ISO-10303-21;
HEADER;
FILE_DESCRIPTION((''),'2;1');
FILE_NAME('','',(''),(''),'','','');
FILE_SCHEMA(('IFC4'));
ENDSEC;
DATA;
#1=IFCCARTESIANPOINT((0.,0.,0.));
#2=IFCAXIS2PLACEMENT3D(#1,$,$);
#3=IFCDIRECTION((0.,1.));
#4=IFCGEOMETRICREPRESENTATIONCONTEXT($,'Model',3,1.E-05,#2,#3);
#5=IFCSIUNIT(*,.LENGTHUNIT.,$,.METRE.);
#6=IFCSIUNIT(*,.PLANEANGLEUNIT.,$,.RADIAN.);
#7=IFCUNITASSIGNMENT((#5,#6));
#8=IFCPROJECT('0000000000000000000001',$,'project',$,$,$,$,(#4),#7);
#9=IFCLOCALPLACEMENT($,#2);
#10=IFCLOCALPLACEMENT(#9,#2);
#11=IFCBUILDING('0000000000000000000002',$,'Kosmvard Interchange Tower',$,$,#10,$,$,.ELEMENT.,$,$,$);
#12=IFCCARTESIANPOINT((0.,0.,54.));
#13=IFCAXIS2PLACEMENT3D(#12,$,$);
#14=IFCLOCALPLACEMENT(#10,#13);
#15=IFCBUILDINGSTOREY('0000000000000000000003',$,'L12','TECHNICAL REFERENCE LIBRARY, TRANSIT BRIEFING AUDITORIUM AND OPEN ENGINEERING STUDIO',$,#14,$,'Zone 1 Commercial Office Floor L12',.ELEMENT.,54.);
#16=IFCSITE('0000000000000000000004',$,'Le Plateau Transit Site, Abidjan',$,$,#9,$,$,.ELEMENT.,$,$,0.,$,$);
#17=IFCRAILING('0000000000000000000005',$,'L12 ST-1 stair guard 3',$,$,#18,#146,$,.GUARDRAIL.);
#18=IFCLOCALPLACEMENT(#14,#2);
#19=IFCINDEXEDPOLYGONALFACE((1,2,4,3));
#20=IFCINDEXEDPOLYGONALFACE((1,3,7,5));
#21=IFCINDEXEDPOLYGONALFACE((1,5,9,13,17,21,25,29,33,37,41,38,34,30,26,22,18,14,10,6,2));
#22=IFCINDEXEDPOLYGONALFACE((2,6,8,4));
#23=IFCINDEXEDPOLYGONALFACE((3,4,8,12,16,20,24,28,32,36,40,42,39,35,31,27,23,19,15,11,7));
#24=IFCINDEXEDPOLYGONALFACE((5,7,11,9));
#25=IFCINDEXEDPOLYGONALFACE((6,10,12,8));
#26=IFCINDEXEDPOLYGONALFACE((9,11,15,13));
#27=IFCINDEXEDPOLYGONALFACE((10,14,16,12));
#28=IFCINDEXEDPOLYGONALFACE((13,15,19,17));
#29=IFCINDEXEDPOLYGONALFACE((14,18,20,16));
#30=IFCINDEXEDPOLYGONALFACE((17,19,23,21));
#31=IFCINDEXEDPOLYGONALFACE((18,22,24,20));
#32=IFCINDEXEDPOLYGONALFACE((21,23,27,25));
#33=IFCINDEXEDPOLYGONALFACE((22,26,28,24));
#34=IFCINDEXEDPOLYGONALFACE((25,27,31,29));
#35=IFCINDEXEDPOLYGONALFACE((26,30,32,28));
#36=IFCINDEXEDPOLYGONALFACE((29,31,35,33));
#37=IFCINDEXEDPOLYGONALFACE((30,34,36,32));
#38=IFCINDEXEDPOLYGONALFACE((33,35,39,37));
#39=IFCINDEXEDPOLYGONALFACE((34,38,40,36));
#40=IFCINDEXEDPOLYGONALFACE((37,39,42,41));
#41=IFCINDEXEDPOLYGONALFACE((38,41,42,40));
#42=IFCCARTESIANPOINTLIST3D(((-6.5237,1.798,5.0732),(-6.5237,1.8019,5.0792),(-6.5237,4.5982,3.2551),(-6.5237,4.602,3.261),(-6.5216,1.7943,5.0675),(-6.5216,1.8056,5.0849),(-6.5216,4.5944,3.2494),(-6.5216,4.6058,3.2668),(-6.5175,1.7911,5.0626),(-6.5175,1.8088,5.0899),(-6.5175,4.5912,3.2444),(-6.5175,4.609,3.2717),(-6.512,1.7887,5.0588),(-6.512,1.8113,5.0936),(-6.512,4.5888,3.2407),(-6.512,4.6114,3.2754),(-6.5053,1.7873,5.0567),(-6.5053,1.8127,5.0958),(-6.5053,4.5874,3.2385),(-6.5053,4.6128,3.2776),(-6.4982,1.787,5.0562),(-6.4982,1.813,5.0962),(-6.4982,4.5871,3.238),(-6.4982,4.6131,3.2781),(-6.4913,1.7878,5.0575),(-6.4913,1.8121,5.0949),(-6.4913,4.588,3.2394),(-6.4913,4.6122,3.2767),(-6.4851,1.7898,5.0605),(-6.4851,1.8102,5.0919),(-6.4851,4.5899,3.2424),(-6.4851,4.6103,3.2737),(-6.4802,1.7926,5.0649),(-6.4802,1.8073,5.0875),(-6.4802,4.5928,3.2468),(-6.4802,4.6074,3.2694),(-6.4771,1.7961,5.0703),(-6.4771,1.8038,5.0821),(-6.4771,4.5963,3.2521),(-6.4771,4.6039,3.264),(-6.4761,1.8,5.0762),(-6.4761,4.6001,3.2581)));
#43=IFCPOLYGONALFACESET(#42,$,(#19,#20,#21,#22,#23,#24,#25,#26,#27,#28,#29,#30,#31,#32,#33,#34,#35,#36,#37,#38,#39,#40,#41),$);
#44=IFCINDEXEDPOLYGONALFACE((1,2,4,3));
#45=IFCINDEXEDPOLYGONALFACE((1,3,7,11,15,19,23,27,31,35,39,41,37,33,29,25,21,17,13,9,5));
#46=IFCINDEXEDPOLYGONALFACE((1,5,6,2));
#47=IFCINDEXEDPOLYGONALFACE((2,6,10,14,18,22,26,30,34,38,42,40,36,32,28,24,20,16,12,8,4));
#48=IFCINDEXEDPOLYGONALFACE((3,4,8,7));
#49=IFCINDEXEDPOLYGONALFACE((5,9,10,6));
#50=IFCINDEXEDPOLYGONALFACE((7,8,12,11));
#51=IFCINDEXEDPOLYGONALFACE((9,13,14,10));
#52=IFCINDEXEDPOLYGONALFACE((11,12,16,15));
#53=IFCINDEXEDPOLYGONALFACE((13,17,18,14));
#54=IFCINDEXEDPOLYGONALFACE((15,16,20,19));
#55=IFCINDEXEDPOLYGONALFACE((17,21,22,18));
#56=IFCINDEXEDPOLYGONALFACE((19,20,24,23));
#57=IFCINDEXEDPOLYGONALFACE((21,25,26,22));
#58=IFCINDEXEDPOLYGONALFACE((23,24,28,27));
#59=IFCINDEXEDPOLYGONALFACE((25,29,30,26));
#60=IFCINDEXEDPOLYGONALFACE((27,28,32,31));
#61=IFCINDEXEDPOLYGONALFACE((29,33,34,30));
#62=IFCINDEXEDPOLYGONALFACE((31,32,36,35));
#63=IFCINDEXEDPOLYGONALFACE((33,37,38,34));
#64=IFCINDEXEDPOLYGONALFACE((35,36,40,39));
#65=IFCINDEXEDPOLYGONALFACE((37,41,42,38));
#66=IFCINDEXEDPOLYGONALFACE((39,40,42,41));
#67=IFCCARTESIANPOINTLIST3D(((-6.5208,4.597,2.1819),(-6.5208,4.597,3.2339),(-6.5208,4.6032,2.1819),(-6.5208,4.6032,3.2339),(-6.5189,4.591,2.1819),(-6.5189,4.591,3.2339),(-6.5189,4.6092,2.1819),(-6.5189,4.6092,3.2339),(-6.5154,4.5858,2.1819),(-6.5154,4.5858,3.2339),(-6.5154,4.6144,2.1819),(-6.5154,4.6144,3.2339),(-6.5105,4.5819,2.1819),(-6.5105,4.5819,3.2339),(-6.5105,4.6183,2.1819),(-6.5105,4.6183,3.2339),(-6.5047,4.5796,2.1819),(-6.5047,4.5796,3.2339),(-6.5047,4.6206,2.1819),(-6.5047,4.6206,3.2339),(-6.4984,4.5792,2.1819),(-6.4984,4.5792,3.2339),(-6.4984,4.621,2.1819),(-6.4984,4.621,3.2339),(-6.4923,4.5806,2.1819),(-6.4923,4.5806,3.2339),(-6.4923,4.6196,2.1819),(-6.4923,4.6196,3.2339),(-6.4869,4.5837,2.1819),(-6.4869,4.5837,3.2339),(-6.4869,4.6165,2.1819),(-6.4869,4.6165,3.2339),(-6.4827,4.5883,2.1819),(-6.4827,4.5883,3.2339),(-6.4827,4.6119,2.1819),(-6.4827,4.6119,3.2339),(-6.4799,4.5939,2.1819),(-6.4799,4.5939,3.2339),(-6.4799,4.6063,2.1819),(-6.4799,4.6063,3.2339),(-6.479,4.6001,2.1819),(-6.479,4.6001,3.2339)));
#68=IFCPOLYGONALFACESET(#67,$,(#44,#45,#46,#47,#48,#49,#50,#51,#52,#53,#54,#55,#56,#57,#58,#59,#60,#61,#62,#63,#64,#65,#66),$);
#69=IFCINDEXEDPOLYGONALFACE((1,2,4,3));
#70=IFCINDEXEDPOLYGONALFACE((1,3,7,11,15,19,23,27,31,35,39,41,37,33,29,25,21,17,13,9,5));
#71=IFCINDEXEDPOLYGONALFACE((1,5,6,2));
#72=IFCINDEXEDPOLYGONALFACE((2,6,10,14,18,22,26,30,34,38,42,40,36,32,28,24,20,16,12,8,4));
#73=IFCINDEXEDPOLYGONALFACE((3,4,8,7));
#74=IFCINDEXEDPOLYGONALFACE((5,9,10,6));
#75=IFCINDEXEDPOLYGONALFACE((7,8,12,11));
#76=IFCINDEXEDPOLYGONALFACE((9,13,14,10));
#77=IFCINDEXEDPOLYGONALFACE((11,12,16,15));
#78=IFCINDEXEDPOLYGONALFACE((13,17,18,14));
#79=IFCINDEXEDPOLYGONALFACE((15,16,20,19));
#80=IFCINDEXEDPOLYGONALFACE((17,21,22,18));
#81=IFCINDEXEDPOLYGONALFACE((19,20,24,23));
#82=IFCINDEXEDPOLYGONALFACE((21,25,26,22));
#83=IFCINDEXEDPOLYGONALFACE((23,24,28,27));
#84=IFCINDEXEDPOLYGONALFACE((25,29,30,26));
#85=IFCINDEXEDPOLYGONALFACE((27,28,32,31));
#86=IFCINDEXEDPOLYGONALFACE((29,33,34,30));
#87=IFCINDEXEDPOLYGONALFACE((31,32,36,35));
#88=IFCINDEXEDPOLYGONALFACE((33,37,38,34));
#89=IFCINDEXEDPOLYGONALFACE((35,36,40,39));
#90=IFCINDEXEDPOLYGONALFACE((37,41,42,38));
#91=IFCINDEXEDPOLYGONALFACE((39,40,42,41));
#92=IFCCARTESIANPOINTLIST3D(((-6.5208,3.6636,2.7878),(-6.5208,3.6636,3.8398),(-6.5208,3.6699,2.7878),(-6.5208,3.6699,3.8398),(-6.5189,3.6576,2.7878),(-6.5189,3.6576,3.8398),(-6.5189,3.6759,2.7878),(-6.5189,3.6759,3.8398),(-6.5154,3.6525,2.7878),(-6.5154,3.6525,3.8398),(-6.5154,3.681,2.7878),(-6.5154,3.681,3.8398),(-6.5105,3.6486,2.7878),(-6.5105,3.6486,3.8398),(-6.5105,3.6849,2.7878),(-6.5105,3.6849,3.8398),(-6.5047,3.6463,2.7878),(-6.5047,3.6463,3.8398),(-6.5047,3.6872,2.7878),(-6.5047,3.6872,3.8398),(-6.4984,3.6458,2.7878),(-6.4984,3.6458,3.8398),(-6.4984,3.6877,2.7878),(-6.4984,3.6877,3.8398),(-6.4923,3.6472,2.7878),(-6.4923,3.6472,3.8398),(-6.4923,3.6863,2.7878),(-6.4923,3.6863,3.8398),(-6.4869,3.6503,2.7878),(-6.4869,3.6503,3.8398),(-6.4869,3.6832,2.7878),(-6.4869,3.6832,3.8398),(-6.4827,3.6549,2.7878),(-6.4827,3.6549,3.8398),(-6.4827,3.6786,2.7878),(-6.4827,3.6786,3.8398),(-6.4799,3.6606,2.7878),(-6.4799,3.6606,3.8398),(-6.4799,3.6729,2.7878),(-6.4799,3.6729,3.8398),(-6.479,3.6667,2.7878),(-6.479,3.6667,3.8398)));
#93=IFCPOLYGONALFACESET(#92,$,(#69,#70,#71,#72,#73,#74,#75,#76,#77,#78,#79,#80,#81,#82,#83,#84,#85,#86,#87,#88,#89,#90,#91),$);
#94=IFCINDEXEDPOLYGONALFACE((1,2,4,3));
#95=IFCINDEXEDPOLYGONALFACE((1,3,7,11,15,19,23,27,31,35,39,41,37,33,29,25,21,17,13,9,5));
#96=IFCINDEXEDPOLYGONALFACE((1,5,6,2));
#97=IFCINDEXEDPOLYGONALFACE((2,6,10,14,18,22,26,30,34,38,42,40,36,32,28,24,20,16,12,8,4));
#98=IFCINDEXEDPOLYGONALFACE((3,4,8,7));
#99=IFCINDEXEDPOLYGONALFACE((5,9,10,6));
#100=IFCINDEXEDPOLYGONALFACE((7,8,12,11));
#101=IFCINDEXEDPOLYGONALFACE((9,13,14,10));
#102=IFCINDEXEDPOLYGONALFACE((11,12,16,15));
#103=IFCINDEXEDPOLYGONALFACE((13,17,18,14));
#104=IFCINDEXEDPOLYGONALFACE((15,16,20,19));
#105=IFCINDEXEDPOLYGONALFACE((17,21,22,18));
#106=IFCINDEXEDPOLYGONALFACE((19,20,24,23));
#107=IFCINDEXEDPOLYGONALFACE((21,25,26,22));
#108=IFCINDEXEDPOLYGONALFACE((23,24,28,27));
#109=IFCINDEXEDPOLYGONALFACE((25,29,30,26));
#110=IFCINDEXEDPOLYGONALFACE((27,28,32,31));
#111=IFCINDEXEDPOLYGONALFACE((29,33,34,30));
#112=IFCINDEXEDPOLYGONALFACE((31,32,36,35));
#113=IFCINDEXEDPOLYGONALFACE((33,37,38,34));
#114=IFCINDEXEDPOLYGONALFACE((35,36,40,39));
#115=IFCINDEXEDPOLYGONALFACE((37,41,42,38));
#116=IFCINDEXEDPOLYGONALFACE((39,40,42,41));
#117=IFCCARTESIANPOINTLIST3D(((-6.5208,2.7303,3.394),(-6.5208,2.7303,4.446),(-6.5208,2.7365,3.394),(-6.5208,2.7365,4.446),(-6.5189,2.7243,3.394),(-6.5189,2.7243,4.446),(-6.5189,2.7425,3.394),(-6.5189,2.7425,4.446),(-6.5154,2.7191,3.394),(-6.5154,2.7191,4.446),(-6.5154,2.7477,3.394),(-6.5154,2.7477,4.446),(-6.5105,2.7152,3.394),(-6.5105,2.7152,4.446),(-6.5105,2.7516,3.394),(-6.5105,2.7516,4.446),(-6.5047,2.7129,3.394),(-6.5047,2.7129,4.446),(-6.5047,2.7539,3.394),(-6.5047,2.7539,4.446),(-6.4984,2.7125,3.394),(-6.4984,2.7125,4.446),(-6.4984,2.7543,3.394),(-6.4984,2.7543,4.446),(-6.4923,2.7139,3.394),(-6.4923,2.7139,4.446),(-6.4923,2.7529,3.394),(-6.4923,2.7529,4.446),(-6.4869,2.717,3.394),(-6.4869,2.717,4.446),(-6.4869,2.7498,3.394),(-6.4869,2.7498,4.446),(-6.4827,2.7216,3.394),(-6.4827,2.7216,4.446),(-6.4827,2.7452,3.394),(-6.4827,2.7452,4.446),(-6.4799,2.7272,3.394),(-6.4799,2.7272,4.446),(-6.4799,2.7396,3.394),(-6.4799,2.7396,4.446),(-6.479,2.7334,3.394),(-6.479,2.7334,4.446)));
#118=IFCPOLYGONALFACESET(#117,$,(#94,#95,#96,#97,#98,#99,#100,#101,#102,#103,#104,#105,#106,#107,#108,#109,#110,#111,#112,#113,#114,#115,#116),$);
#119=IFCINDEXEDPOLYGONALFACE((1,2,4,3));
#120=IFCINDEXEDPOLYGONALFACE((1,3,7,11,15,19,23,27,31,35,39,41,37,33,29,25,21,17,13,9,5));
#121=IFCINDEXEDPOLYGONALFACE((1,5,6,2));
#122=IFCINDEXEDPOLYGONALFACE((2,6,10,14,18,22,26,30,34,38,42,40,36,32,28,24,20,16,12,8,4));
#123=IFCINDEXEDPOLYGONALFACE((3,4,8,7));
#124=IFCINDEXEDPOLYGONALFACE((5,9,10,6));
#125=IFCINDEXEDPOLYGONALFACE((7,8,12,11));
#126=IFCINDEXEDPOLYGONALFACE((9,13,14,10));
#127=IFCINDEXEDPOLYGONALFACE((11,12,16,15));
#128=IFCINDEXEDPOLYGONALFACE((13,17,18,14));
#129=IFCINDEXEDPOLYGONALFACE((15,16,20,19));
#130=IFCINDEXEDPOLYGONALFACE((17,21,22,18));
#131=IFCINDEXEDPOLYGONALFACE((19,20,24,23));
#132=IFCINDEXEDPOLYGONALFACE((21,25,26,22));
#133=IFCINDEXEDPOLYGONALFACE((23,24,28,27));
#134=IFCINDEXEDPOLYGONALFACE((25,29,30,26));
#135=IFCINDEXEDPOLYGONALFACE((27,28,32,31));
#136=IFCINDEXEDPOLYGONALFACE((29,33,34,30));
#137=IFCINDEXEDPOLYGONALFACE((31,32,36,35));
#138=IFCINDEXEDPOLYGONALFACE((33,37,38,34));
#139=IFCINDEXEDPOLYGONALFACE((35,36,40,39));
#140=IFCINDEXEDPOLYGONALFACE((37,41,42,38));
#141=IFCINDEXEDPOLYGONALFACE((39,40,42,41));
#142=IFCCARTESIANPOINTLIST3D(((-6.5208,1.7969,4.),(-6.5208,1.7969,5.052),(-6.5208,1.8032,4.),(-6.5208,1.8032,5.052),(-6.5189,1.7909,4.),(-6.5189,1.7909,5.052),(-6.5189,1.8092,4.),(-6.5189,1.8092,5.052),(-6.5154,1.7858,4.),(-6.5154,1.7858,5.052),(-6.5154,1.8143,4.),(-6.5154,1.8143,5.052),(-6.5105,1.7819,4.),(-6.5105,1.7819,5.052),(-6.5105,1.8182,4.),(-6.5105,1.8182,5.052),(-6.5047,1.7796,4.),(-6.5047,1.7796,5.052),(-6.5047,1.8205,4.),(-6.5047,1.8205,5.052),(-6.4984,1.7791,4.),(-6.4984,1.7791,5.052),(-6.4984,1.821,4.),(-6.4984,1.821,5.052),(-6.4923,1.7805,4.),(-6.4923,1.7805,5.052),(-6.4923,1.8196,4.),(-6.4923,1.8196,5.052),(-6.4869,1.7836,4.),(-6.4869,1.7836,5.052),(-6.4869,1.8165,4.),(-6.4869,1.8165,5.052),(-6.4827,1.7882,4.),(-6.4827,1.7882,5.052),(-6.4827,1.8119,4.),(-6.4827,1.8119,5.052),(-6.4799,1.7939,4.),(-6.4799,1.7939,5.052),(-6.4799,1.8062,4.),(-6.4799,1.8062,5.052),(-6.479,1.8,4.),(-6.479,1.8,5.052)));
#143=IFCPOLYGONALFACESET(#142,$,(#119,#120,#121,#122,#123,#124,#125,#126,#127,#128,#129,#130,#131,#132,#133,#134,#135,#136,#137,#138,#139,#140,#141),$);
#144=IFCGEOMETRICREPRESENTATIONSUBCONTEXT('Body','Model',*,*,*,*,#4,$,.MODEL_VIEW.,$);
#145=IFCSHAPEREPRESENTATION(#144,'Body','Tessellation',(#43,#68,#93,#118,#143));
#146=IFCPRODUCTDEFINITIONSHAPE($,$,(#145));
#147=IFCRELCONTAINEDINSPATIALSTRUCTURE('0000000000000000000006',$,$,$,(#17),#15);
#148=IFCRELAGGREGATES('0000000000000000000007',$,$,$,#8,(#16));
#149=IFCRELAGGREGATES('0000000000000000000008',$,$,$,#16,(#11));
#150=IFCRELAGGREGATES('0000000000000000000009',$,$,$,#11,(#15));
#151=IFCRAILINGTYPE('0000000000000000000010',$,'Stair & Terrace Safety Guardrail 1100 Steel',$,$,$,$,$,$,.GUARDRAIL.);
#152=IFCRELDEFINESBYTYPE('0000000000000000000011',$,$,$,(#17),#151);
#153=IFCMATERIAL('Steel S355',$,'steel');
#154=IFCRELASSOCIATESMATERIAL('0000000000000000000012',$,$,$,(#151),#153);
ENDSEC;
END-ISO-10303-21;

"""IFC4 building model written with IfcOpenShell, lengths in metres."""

from ifc_helpers import new_model, si_unit, direction, frame, origin, origin_2d, place, context, subcontext, project, spatial, circle, extrude, source, transform, mapped, material, type_object, element, save


model = new_model("IFC4")

# Units and contexts
model_context = context("Model", 3, precision=1e-05, world=origin(), true_north=direction((0.0, 1.0)))
body_context = subcontext(model_context, "Body", "Model", "MODEL_VIEW")
ifc_project = project(units=[si_unit("LENGTHUNIT", "METRE"), si_unit("PLANEANGLEUNIT", "RADIAN")], contexts=[model_context])

# Site, building, storey
site_placement = place(None, origin())
site = spatial("IfcSite", under=ifc_project, at=site_placement, Name="Le Plateau Transit Site, Abidjan", CompositionType="ELEMENT", RefElevation=0.0)
building_placement = place(site_placement, origin())
building = spatial("IfcBuilding", under=site, at=building_placement, Name="Kosmvard Interchange Tower", CompositionType="ELEMENT")
storey_placement = place(building_placement, frame((0.0, 0.0, 54.0)))
storey = spatial("IfcBuildingStorey", under=building, at=storey_placement, Name="L12", Description="TECHNICAL REFERENCE LIBRARY, TRANSIT BRIEFING AUDITORIUM AND OPEN ENGINEERING STUDIO", LongName="Zone 1 Commercial Office Floor L12", CompositionType="ELEMENT", Elevation=54.0)

# Shared definitions
ifc_material_1 = material(Name="Steel S355", Category="steel")

# Railing
railing_type_1 = type_object("IfcRailingType", Name="Stair & Terrace Safety Guardrail 1100 Steel", PredefinedType="GUARDRAIL", material=ifc_material_1)
shared_shape_1 = source(origin(), body_context, "Body", "SweptSolid", [
    extrude(circle(Radius=0.0239, at=origin_2d()), frame((0.0, 0.0, 1.0762), z_axis=(0.0, -0.838706, 0.544585), x_axis=(1.0, 0.0, 0.0)), (0.0, 0.0, 1.0), 3.3386),
    extrude(circle(Radius=0.021, at=origin_2d()), origin(), (0.0, 0.0, 1.0), 1.052),
    extrude(circle(Radius=0.021, at=origin_2d()), frame((0.0, -0.9333, 0.606)), (0.0, 0.0, 1.0), 1.052),
    extrude(circle(Radius=0.021, at=origin_2d()), frame((0.0, -1.8667, 1.2122)), (0.0, 0.0, 1.0), 1.052),
    extrude(circle(Radius=0.021, at=origin_2d()), frame((0.0, -2.8, 1.8181)), (0.0, 0.0, 1.0), 1.052),
])
railing_1_placement = place(storey_placement, frame((-6.5, 4.6001, 2.1819)))
element("IfcRailing", 1, at=railing_1_placement, inside=storey, type_object=railing_type_1, Name="L12 ST-1 stair guard 3", PredefinedType="GUARDRAIL", context=body_context, shape_type="MappedRepresentation", body=[
    mapped(shared_shape_1, transform((0.0, 0.0, 0.0), scale=1.0)),
])

save(model, "model.ifc")
